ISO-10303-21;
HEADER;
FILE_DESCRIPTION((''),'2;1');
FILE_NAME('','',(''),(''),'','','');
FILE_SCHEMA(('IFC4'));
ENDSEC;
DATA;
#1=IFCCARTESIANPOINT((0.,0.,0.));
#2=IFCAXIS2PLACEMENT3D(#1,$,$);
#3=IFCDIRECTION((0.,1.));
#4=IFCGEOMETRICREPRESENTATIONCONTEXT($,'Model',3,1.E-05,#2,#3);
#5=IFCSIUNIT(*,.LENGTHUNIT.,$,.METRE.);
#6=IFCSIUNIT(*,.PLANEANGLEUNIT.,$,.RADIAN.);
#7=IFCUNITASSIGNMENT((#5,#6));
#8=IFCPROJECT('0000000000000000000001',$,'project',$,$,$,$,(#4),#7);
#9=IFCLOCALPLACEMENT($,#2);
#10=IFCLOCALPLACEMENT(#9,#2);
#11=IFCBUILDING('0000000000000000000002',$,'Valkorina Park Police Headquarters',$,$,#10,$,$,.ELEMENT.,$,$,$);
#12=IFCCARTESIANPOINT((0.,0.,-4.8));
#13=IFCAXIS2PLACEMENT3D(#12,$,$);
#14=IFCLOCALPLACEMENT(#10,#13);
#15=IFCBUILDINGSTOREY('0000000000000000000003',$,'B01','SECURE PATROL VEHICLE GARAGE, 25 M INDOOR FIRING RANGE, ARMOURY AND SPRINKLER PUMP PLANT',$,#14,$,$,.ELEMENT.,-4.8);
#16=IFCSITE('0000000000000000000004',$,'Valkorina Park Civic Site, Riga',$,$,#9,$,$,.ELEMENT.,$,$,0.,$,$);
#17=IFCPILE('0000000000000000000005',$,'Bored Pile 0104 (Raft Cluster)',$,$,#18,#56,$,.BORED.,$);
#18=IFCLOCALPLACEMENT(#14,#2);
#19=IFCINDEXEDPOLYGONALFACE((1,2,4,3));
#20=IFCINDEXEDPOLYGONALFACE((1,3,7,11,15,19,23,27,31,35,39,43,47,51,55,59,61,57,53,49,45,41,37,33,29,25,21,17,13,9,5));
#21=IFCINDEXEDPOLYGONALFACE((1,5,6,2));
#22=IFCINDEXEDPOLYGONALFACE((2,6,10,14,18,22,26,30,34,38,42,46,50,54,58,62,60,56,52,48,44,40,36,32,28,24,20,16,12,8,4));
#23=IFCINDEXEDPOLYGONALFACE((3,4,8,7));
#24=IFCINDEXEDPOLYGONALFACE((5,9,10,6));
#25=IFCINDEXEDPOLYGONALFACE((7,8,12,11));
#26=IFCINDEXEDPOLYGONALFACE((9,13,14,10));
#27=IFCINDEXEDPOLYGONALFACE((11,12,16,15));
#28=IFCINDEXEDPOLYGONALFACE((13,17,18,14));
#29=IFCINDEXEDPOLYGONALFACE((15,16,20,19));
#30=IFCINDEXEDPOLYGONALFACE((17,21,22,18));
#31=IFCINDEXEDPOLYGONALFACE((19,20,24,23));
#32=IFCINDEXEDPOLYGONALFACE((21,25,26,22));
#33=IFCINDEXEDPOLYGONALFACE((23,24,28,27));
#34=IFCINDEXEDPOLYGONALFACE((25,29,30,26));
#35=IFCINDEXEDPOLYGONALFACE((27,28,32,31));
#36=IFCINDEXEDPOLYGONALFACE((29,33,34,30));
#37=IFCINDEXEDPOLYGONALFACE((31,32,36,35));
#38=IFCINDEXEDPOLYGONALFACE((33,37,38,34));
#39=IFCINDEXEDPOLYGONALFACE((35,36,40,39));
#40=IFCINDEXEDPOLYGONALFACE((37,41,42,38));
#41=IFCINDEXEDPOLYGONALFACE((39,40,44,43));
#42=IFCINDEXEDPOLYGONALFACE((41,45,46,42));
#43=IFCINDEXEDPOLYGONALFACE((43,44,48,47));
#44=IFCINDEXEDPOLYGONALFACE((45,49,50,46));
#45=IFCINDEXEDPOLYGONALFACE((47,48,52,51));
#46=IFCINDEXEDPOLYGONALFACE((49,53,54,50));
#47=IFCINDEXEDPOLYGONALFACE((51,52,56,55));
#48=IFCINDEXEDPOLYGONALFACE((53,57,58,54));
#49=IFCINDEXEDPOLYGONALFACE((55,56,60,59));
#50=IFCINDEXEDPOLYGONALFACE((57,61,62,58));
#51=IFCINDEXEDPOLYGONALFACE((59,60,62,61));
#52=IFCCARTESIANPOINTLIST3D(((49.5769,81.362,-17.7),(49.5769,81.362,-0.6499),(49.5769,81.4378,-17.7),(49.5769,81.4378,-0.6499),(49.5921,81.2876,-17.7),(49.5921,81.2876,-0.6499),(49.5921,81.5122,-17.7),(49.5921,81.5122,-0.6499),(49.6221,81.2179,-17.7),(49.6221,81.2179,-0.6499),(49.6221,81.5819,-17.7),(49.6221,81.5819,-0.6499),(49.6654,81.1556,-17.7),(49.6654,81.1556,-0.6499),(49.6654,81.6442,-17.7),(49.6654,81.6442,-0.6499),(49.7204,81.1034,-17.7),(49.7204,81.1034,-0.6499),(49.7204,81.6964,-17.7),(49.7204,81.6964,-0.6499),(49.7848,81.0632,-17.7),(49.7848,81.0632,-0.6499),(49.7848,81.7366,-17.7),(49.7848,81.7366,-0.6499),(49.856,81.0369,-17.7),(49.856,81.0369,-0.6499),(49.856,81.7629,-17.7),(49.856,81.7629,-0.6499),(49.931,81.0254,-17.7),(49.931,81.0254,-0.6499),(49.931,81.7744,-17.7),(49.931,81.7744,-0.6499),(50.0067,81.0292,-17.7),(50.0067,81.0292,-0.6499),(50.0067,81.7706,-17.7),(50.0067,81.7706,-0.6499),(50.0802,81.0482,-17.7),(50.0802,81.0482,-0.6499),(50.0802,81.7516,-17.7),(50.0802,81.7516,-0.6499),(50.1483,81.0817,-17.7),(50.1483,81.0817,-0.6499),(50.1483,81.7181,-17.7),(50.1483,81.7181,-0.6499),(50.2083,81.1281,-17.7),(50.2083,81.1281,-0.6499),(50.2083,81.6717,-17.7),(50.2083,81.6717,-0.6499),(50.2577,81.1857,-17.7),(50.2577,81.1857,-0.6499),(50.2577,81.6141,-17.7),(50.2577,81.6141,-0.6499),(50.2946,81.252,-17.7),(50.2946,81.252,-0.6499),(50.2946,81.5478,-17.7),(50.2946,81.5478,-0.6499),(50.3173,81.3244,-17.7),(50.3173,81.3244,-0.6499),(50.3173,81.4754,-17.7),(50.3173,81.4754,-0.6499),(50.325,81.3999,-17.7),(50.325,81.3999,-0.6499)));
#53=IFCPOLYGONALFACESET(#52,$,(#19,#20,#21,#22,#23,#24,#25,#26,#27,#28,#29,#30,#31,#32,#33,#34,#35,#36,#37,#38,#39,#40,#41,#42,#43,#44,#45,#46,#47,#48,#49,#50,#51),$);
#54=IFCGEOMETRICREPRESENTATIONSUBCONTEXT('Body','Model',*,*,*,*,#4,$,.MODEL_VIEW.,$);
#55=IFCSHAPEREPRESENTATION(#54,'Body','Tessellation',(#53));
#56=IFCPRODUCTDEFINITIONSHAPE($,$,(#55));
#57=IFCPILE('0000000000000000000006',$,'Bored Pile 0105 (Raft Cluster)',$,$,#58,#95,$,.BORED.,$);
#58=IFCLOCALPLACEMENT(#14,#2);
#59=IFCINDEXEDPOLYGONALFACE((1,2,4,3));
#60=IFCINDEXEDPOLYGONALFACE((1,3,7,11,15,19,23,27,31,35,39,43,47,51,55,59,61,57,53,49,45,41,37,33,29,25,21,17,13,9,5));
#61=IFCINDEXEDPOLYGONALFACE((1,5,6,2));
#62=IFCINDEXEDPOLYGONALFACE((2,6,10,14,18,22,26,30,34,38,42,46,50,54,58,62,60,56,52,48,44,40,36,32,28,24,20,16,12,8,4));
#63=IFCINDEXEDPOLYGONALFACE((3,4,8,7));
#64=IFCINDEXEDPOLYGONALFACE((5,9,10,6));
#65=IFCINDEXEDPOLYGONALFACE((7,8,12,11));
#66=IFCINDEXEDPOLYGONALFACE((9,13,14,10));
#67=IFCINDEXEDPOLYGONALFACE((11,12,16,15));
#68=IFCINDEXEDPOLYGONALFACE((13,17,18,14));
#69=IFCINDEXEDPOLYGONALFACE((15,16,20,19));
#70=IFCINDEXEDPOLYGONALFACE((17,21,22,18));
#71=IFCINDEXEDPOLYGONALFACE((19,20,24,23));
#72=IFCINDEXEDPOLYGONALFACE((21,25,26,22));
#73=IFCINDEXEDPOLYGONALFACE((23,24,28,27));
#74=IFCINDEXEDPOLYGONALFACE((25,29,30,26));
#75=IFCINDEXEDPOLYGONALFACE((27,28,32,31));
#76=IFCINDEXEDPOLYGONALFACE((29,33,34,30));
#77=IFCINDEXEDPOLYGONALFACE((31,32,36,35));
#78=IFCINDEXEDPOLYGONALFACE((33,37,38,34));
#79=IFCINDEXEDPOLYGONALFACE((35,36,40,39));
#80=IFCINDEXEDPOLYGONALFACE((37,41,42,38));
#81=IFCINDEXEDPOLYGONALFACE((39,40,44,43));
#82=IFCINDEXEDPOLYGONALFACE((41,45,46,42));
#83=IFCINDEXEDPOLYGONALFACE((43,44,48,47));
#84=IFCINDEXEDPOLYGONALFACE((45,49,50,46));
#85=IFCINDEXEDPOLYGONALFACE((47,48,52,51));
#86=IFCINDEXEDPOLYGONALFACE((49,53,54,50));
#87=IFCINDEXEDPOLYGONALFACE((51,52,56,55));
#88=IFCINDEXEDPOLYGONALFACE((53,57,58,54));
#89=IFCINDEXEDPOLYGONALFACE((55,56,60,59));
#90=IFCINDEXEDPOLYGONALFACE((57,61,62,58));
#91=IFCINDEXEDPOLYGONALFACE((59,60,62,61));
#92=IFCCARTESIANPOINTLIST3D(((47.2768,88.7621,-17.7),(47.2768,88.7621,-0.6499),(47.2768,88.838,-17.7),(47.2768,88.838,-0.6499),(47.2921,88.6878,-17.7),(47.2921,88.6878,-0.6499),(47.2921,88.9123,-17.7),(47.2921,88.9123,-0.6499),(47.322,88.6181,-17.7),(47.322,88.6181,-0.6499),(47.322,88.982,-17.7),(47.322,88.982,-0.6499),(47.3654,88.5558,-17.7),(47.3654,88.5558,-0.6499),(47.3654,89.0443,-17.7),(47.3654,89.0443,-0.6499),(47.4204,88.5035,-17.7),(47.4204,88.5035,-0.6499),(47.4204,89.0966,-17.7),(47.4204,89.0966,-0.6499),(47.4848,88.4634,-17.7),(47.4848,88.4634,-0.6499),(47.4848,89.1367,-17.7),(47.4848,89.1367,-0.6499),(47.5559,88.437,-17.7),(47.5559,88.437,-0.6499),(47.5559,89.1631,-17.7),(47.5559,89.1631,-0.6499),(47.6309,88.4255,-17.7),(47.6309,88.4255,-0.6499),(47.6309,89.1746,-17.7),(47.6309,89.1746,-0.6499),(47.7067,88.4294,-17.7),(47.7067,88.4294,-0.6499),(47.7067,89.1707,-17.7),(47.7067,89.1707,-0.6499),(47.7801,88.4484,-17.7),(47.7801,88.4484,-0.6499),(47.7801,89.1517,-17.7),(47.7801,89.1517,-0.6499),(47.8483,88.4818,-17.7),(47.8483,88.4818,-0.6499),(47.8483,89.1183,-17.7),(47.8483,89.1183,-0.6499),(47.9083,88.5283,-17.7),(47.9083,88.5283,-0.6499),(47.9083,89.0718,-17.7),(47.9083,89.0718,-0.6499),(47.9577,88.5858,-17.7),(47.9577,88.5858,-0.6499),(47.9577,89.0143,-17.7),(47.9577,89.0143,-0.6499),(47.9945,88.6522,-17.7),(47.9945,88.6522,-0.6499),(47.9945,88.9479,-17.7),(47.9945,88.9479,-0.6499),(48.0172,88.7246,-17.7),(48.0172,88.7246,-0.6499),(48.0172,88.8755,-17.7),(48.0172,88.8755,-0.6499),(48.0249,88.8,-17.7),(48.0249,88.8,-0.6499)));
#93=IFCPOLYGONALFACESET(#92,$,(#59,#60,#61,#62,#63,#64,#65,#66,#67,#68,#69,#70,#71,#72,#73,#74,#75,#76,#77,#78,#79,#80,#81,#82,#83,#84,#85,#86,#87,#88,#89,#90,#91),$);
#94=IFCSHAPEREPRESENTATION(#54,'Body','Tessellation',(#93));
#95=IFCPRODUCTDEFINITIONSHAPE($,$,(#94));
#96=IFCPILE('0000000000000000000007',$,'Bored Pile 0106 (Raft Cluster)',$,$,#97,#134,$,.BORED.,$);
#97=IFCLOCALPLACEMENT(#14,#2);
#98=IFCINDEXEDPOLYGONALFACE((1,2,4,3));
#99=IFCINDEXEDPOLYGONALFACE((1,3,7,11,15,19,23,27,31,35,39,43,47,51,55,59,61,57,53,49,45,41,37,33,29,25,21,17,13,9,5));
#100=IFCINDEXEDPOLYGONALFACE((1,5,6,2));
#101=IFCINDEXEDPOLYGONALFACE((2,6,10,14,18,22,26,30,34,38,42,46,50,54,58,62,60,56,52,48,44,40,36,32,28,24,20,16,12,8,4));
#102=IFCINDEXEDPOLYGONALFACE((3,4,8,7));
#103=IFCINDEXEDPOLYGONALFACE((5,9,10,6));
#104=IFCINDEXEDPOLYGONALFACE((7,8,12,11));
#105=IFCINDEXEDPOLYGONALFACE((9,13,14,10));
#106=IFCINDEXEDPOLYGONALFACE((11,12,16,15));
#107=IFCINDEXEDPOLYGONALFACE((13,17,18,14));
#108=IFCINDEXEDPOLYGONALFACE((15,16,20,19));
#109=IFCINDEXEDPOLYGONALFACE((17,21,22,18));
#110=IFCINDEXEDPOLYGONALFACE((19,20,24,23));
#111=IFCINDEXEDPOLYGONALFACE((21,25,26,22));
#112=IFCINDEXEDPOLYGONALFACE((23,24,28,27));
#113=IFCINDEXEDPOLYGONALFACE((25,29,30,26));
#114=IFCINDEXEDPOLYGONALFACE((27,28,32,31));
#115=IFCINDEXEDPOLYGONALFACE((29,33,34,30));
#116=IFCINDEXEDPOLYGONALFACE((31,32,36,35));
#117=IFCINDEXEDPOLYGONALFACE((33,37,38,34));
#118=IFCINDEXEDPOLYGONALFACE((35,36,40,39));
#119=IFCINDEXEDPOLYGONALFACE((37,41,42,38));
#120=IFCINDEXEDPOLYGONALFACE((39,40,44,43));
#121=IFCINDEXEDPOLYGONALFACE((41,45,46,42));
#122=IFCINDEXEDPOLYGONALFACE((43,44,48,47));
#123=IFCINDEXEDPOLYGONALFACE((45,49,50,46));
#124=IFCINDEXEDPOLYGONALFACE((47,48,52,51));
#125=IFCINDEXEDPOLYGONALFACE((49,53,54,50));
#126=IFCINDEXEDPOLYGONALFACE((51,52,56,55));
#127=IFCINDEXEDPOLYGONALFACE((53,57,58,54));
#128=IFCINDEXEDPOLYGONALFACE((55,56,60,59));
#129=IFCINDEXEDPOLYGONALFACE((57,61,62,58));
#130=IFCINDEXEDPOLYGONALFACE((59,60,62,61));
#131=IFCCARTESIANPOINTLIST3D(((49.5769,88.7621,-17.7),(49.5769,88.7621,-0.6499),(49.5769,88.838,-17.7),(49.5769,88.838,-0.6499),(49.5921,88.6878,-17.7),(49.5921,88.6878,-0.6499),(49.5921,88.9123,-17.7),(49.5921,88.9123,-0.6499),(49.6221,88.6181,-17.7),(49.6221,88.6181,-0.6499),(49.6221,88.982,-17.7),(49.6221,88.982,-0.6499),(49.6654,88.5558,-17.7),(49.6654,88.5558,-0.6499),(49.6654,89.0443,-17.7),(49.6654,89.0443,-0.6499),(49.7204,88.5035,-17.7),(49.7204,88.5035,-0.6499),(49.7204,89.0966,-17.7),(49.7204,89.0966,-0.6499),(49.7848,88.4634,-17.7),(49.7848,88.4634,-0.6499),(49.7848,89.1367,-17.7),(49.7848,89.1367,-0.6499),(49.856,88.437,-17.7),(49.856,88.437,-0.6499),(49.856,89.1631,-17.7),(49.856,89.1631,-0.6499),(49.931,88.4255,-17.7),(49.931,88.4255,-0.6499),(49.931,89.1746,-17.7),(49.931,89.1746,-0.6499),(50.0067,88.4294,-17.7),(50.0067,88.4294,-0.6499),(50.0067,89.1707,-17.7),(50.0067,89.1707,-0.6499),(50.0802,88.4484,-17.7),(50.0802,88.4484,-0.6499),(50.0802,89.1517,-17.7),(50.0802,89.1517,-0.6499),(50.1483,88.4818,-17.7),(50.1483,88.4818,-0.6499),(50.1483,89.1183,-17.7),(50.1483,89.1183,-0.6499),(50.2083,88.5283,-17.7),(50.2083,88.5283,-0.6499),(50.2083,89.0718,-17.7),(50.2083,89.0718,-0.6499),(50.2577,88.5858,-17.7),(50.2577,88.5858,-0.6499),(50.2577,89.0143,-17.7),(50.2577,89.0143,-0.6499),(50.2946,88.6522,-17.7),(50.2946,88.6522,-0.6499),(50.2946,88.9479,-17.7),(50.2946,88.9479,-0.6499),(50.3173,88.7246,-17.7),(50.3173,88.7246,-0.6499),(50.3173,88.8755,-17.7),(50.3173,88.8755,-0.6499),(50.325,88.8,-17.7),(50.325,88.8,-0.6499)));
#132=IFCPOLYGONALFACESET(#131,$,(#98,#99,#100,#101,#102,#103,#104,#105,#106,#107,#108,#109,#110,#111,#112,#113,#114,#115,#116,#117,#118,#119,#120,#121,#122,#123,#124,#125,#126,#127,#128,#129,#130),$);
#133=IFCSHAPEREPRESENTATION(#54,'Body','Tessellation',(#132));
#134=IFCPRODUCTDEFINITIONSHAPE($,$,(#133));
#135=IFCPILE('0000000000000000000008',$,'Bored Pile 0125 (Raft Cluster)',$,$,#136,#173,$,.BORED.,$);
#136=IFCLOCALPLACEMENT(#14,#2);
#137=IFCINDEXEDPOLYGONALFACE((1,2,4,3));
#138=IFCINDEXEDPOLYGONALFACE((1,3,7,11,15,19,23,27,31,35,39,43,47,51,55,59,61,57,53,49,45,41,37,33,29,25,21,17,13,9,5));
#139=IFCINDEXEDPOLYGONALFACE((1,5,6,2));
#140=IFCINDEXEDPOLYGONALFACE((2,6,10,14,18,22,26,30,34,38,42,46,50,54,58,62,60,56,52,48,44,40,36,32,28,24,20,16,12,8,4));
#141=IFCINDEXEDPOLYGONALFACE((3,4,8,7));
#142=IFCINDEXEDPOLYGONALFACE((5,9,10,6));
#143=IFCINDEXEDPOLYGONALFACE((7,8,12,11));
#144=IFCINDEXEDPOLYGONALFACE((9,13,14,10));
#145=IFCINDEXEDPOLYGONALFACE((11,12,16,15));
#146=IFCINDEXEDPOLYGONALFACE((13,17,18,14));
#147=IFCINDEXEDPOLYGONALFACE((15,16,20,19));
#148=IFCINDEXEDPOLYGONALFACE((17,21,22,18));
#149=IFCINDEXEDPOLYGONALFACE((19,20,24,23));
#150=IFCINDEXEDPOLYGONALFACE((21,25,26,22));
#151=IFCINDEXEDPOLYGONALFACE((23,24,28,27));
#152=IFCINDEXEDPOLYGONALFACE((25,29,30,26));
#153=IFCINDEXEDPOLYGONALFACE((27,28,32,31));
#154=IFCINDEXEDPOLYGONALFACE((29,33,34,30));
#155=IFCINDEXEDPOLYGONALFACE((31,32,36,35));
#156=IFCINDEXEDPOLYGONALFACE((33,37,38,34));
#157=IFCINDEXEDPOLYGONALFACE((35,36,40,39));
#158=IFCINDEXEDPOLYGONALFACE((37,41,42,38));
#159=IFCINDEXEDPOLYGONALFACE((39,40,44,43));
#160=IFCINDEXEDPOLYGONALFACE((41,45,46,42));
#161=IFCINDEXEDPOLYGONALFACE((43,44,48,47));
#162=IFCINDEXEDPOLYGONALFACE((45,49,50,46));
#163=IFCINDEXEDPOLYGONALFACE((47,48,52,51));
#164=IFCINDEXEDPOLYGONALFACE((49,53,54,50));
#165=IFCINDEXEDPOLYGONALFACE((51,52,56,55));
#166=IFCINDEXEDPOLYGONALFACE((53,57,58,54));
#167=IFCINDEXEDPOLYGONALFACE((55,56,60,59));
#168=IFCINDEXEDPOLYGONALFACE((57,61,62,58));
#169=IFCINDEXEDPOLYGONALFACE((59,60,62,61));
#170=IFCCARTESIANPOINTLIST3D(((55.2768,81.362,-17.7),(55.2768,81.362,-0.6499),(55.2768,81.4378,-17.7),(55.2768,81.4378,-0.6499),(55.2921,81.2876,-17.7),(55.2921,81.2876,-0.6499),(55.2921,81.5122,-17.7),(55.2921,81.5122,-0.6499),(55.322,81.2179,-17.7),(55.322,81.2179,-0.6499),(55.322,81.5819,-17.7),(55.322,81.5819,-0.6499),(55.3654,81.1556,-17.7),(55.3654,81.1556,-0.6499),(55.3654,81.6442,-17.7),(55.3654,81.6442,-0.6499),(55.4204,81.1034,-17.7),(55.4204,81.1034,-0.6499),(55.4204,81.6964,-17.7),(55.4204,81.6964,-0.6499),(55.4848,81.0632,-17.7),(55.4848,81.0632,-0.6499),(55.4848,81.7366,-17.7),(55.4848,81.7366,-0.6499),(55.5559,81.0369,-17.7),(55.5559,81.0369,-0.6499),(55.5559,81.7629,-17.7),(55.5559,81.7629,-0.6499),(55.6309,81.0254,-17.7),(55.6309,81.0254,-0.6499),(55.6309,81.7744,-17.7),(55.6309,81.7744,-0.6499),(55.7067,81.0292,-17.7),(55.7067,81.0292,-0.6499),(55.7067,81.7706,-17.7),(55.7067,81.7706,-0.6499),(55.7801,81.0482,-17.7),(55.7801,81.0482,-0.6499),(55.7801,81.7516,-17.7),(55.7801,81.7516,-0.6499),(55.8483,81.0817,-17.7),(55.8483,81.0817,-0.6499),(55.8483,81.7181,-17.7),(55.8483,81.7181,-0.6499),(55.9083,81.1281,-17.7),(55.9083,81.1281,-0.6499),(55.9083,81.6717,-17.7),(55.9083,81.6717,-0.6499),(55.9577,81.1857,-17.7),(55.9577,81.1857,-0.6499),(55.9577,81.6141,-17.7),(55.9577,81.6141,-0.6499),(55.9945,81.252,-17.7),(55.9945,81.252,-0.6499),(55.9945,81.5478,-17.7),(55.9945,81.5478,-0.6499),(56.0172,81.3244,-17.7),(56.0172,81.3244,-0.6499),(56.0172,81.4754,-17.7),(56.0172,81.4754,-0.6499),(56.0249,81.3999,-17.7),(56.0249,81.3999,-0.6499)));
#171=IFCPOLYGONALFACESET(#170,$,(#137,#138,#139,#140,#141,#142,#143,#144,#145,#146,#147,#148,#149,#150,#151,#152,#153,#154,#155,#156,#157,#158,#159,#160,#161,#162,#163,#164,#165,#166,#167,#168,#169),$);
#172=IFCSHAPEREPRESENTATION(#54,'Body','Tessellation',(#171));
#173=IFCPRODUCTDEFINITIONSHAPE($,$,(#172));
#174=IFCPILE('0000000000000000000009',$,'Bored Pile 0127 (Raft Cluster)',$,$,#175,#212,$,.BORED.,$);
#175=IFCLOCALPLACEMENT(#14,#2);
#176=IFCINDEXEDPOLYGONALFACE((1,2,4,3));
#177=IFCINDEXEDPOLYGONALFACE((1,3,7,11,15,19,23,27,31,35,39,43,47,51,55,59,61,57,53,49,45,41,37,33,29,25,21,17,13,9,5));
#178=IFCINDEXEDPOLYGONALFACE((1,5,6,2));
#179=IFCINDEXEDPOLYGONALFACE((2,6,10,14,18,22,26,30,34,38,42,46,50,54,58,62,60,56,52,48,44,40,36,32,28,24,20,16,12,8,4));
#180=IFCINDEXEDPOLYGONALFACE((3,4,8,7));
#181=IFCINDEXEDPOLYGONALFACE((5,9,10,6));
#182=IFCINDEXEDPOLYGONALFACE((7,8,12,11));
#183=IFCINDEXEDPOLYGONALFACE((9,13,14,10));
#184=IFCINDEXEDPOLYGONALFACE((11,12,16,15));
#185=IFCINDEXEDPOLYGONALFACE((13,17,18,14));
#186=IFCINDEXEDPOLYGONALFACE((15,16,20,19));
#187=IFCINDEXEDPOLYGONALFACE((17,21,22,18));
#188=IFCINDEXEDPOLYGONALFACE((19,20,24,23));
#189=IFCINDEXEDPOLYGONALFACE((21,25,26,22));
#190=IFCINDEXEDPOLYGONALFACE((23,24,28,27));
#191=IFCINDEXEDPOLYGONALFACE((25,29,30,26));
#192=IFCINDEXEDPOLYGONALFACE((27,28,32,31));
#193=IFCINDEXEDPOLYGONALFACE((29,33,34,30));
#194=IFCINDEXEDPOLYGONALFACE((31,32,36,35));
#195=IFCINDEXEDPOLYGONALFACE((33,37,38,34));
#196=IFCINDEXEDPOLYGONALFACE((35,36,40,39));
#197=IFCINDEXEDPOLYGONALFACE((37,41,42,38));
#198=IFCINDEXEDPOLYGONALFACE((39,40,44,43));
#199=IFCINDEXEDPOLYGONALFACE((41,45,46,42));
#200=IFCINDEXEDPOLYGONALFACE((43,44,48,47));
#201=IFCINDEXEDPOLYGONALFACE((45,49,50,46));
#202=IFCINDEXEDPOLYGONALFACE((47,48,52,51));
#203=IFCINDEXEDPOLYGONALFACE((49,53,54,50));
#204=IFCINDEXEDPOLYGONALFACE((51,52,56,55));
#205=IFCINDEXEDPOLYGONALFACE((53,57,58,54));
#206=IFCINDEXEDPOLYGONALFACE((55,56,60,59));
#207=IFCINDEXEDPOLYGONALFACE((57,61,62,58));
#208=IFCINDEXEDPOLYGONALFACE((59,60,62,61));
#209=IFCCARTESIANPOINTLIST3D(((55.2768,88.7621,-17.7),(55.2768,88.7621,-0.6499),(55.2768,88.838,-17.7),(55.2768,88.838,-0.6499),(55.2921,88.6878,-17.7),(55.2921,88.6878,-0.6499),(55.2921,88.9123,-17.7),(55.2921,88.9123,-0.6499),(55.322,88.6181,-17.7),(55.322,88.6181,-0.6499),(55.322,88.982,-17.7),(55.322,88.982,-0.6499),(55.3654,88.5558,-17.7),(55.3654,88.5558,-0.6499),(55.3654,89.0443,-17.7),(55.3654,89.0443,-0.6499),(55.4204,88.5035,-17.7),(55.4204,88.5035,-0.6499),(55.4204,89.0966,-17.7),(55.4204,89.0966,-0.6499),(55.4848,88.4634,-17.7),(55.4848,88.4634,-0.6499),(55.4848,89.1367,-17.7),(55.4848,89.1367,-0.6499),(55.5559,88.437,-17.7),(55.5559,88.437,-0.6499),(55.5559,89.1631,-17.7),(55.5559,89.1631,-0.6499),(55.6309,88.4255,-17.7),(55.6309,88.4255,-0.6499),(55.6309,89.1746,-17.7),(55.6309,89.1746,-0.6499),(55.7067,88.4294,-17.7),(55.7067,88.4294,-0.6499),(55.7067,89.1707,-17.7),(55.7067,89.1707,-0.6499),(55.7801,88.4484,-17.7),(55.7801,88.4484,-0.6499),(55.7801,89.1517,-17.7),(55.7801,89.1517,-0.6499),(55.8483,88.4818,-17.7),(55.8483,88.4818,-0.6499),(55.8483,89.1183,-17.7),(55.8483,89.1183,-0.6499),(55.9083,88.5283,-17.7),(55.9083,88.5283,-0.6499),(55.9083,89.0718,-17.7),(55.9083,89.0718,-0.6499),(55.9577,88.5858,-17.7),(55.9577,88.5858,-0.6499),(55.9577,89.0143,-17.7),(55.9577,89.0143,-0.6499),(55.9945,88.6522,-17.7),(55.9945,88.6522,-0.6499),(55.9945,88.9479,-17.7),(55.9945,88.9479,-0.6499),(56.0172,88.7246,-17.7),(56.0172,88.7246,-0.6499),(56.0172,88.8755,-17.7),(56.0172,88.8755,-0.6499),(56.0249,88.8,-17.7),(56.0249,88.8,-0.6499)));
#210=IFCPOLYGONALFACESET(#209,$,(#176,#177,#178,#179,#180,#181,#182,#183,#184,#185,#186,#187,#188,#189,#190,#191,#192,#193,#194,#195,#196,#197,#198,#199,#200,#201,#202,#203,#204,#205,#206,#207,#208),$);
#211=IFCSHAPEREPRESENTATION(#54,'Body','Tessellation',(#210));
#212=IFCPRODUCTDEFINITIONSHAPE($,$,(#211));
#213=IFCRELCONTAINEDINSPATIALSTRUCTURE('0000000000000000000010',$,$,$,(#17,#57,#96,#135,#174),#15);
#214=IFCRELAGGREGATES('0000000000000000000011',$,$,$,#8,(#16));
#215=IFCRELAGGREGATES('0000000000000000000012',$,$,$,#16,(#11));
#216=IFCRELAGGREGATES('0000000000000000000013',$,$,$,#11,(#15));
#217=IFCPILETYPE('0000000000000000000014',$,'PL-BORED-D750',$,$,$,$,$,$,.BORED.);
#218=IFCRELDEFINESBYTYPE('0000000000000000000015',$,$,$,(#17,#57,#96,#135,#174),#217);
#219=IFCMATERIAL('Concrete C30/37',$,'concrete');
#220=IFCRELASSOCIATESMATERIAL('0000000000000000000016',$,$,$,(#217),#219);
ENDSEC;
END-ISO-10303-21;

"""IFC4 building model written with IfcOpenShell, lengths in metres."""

from ifc_helpers import new_model, si_unit, direction, frame, origin, origin_2d, place, context, subcontext, project, spatial, circle, extrude, material, material_profile, profile_set, type_object, element, save


model = new_model("IFC4")

# Units and contexts
model_context = context("Model", 3, precision=1e-05, world=origin(), true_north=direction((0.0, 1.0)))
body_context = subcontext(model_context, "Body", "Model", "MODEL_VIEW")
ifc_project = project(units=[si_unit("LENGTHUNIT", "METRE"), si_unit("PLANEANGLEUNIT", "RADIAN")], contexts=[model_context])

# Site, building, storey
site_placement = place(None, origin())
site = spatial("IfcSite", under=ifc_project, at=site_placement, Name="Valkorina Park Civic Site, Riga", CompositionType="ELEMENT", RefElevation=0.0)
building_placement = place(site_placement, origin())
building = spatial("IfcBuilding", under=site, at=building_placement, Name="Valkorina Park Police Headquarters", CompositionType="ELEMENT")
storey_placement = place(building_placement, frame((0.0, 0.0, -4.8)))
storey = spatial("IfcBuildingStorey", under=building, at=storey_placement, Name="B01", Description="SECURE PATROL VEHICLE GARAGE, 25 M INDOOR FIRING RANGE, ARMOURY AND SPRINKLER PUMP PLANT", CompositionType="ELEMENT", Elevation=-4.8)

# Piles
ifc_material_1 = material(Name="Concrete C30/37", Category="concrete")
ifc_material_profile_1 = material_profile(ifc_material_1, circle(Radius=0.375, at=origin_2d()), Name="BORED PILE D750")
ifc_profile_set_1 = profile_set([ifc_material_profile_1], Name="Concrete C30/37")
pile_type = type_object("IfcPileType", Name="PL-BORED-D750", PredefinedType="BORED", material=ifc_profile_set_1)
for number, where, z_axis, x_axis, name in (
    (1, (49.95, 81.3999, -0.6499), (0.0, 0.0, -1.0), (1.0, 0.0, 0.0), "Bored Pile 0104 (Raft Cluster)"),
    (2, (47.6499, 88.8, -0.6499), (0.0, 0.0, -1.0), (1.0, 0.0, 0.0), "Bored Pile 0105 (Raft Cluster)"),
    (3, (49.95, 88.8, -0.6499), (0.0, 0.0, -1.0), (1.0, 0.0, 0.0), "Bored Pile 0106 (Raft Cluster)"),
    (4, (55.6499, 81.3999, -0.6499), (0.0, 0.0, -1.0), (1.0, 0.0, 0.0), "Bored Pile 0125 (Raft Cluster)"),
    (5, (55.6499, 88.8, -0.6499), (0.0, 0.0, -1.0), (1.0, 0.0, 0.0), "Bored Pile 0127 (Raft Cluster)"),
):
    element("IfcPile", number, at=place(storey_placement, frame(where, z_axis=z_axis, x_axis=x_axis)), inside=storey, type_object=pile_type, Name=name, PredefinedType="BORED", context=body_context, shape_type="SweptSolid", body=[
        extrude(circle(Radius=0.375, at=origin_2d()), origin(), (0.0, 0.0, 1.0), 17.05),
    ])

save(model, "model.ifc")
